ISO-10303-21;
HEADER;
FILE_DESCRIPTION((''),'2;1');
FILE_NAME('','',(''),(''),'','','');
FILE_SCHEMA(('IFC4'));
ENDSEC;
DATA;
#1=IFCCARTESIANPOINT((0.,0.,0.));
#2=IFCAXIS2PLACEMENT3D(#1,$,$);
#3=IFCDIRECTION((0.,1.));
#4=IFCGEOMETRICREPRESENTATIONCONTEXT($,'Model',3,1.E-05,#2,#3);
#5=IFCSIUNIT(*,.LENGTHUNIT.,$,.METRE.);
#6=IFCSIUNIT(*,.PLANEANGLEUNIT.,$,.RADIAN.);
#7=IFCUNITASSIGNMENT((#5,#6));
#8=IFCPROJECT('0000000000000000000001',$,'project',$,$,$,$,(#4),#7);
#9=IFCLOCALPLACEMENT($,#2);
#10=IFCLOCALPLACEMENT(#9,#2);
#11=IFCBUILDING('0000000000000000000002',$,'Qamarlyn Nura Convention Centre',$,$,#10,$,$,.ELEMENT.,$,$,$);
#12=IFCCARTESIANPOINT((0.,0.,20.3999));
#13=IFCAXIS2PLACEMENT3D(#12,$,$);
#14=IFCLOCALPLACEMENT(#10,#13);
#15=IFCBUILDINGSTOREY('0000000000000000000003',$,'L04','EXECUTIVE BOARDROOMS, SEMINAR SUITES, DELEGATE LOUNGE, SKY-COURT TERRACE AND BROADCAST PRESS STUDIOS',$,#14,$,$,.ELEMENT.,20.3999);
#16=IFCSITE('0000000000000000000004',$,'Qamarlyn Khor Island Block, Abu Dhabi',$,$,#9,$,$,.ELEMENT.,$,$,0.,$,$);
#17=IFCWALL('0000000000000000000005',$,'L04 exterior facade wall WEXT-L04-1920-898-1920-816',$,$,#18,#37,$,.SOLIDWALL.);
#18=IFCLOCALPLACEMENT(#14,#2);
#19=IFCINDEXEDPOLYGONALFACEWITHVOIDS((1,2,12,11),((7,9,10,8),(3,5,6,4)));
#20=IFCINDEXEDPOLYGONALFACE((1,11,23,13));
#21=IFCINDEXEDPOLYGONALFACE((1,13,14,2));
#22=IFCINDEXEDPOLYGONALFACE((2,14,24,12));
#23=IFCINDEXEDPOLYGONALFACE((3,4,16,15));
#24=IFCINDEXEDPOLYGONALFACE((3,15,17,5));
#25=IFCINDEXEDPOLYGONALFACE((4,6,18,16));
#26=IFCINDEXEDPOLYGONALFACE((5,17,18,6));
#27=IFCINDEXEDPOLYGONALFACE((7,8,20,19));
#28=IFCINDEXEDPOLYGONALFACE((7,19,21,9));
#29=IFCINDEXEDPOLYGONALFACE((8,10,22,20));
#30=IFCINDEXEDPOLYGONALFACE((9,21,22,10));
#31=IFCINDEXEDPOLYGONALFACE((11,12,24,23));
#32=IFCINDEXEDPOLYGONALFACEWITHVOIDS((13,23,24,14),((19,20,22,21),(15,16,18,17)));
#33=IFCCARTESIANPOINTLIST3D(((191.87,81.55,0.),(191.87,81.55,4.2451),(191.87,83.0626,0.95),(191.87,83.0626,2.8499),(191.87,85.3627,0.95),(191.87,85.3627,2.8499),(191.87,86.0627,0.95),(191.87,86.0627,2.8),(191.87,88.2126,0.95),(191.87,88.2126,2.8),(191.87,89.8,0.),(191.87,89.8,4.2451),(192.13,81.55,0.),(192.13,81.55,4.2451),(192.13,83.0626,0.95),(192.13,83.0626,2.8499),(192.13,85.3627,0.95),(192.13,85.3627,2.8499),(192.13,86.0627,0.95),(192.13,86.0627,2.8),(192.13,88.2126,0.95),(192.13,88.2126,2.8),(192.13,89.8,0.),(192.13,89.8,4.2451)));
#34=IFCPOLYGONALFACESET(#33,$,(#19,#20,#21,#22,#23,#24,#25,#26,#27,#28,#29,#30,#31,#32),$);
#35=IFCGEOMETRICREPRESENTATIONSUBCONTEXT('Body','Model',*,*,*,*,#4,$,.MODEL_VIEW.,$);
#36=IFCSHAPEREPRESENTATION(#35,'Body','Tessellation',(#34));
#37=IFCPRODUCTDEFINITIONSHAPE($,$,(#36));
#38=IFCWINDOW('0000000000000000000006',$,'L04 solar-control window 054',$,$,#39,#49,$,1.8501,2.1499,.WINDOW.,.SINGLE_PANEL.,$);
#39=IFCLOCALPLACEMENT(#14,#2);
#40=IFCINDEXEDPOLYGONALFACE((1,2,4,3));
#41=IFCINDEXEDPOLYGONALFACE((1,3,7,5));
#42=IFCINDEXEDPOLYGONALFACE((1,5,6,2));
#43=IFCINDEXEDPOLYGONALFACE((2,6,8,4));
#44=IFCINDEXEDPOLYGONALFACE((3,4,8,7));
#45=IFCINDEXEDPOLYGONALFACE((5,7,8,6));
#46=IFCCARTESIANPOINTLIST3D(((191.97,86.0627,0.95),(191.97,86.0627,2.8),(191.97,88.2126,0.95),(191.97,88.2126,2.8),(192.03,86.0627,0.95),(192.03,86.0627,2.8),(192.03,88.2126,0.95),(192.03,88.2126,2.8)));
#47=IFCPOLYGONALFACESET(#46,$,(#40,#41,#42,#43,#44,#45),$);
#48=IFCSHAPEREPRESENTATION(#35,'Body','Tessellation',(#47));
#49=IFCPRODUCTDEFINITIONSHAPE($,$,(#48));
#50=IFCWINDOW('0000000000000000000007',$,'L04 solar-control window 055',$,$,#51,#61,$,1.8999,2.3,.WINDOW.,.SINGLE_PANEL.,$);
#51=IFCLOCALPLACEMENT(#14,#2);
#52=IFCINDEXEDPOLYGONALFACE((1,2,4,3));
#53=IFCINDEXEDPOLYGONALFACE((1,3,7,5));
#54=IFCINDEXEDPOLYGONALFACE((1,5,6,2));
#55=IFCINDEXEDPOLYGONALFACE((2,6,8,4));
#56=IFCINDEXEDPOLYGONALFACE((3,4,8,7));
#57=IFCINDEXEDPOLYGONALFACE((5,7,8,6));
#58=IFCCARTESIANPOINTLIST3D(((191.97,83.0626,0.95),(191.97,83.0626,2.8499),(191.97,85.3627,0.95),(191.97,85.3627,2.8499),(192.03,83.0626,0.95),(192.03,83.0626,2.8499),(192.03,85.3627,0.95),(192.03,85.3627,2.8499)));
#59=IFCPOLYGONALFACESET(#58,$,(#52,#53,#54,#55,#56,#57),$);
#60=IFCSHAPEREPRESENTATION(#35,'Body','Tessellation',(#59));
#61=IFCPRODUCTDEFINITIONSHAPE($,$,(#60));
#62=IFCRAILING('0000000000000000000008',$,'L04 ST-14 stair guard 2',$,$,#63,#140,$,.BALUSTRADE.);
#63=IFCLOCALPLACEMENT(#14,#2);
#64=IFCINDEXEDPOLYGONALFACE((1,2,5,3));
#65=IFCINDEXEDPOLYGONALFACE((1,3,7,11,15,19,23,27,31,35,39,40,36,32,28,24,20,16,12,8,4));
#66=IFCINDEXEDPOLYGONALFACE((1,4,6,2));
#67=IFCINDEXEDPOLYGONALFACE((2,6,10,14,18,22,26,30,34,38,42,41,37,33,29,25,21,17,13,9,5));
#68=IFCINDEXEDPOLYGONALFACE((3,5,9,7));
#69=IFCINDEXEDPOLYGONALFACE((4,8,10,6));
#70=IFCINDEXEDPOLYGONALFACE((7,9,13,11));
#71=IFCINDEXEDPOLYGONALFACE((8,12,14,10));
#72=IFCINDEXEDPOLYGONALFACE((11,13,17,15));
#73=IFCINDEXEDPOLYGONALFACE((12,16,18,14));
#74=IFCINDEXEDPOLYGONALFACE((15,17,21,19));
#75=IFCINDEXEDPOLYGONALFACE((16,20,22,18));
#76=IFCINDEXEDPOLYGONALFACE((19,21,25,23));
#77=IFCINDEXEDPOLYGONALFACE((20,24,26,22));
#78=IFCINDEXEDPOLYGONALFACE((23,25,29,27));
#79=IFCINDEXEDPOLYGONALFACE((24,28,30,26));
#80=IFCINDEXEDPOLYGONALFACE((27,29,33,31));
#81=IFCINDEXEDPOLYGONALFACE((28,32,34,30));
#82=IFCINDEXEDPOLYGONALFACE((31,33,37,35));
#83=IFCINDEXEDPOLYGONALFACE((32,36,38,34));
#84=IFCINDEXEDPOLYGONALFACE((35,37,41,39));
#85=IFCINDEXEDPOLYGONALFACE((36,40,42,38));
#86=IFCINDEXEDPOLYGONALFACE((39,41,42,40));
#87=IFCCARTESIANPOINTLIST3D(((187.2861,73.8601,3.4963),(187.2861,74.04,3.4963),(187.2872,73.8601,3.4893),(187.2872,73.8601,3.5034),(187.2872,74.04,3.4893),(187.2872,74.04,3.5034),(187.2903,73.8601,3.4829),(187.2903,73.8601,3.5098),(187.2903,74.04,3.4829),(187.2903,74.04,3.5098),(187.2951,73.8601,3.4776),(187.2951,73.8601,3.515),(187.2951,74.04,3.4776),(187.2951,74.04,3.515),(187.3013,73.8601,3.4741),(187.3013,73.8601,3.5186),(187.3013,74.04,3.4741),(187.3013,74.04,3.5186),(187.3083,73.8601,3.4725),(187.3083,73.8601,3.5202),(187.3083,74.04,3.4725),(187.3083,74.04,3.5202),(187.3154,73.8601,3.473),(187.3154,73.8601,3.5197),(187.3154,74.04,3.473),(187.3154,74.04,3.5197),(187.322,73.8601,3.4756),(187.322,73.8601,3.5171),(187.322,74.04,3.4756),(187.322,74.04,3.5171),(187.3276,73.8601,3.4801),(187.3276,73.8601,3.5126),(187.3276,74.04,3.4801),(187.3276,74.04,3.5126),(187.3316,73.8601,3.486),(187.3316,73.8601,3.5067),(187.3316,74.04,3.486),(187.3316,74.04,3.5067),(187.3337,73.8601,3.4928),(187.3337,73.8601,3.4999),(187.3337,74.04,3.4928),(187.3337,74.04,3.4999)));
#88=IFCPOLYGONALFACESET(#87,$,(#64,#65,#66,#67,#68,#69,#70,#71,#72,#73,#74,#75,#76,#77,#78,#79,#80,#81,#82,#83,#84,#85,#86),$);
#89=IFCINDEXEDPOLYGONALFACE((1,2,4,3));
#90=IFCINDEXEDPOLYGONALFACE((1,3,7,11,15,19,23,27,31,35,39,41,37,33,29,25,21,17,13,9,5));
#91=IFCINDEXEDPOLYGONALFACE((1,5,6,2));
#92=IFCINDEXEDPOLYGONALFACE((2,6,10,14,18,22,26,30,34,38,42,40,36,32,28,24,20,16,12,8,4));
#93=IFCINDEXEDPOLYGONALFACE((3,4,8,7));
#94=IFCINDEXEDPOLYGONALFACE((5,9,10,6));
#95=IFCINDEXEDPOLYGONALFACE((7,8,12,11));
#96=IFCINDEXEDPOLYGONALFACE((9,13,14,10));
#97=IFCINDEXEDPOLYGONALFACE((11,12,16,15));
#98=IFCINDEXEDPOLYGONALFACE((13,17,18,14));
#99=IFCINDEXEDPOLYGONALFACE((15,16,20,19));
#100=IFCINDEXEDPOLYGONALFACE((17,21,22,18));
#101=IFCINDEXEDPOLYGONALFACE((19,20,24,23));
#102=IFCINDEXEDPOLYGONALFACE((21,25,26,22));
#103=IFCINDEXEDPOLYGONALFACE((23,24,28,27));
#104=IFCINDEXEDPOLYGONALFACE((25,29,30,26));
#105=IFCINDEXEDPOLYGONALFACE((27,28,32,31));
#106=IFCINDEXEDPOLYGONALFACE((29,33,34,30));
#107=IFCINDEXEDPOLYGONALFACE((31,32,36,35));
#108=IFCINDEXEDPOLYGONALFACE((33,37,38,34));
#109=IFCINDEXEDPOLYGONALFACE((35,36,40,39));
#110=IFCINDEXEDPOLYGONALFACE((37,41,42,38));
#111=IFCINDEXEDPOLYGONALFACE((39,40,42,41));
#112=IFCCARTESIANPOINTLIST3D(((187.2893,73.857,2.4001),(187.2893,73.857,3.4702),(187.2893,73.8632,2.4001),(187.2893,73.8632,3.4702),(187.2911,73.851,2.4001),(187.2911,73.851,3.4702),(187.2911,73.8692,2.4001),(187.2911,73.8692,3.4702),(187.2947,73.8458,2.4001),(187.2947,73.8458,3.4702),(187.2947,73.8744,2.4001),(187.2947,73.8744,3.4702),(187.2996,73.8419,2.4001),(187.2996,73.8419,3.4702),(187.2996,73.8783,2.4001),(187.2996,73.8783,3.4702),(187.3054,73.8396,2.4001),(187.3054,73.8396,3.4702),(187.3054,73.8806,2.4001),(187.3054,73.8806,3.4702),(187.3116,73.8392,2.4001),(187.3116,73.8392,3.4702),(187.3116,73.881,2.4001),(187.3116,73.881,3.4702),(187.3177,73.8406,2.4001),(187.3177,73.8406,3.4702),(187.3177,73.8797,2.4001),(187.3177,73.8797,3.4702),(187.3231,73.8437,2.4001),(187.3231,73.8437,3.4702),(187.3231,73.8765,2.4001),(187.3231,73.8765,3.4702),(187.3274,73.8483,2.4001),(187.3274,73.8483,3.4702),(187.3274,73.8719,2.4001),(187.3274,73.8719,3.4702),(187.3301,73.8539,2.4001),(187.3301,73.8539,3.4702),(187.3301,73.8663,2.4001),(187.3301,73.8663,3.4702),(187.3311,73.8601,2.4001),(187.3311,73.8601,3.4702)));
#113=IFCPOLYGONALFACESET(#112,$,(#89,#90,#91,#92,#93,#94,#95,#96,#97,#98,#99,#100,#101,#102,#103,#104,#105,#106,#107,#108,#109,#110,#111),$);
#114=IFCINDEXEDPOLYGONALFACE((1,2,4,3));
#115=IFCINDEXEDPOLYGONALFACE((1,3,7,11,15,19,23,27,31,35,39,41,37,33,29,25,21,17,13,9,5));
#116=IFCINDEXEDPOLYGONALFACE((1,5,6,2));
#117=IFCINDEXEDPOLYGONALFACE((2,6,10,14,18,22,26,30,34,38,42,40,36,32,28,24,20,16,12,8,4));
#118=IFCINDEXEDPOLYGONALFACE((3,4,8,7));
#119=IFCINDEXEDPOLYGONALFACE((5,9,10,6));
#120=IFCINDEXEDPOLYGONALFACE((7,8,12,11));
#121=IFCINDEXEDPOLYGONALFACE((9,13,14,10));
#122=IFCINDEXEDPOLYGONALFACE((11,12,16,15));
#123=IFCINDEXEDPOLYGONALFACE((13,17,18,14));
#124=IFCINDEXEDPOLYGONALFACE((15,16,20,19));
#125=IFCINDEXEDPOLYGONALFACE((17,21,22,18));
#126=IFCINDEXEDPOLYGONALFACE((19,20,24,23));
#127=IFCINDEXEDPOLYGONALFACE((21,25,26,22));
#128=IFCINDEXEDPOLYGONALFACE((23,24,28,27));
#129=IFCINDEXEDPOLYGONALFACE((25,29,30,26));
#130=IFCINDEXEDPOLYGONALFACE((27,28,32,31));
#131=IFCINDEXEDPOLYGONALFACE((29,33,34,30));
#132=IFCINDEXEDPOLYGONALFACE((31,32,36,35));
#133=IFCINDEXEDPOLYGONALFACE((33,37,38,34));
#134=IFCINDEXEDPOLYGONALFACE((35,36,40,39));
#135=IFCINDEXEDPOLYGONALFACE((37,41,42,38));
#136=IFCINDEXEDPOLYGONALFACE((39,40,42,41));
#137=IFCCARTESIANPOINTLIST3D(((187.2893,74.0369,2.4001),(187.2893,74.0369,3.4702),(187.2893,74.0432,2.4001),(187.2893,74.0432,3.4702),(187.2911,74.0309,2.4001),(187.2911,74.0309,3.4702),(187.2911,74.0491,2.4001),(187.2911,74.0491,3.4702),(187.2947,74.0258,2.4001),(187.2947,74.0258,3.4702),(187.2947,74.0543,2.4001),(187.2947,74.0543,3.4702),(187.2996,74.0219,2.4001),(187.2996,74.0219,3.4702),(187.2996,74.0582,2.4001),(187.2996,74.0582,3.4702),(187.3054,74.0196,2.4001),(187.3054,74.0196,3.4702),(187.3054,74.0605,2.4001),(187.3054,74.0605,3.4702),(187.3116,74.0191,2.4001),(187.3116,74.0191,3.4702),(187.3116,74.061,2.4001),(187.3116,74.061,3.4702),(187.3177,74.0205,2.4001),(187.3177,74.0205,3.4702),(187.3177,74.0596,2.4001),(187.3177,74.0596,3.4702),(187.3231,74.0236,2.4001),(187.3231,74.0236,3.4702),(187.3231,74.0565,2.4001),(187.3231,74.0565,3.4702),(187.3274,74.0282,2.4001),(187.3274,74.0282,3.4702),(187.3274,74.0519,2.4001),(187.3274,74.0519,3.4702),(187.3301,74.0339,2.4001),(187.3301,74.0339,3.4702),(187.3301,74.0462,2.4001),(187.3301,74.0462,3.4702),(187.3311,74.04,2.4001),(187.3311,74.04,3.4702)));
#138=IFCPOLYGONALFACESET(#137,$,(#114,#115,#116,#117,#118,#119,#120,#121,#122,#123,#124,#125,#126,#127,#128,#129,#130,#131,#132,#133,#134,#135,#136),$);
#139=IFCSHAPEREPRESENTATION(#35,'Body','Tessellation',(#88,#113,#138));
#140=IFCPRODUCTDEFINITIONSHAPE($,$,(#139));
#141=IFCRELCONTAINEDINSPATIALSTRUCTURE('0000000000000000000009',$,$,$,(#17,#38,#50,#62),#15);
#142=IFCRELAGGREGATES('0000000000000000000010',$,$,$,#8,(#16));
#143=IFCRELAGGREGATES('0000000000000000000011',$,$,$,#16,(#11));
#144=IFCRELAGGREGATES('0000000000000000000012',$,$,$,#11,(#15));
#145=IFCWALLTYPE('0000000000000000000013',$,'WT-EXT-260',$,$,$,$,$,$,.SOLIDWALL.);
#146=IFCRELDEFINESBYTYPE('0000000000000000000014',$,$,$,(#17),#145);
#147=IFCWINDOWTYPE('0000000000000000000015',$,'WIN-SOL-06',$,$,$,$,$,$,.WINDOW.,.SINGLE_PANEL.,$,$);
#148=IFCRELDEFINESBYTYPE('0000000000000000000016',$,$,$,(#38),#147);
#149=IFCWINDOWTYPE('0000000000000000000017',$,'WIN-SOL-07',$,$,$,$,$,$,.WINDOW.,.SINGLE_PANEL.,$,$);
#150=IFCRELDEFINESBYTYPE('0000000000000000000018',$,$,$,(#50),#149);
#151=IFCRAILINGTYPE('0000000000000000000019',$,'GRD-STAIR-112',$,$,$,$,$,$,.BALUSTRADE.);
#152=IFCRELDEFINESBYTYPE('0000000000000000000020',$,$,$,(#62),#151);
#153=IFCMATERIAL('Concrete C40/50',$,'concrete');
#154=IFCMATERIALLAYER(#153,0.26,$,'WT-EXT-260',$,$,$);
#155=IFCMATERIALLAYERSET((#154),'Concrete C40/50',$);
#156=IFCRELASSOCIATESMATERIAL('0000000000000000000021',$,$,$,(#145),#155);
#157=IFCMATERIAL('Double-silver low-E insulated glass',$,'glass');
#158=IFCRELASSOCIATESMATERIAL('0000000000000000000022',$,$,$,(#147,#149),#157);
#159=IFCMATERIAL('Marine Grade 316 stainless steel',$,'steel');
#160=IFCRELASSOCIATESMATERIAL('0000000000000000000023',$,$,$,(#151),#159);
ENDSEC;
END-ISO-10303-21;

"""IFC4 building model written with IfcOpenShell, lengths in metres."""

from ifc_helpers import new_model, si_unit, direction, frame, frame_2d, origin, origin_2d, place, context, subcontext, project, spatial, rectangle, circle, extrude, material, layer, layer_set, type_object, element, fill, save


model = new_model("IFC4")

# Units and contexts
model_context = context("Model", 3, precision=1e-05, world=origin(), true_north=direction((0.0, 1.0)))
body_context = subcontext(model_context, "Body", "Model", "MODEL_VIEW")
ifc_project = project(units=[si_unit("LENGTHUNIT", "METRE"), si_unit("PLANEANGLEUNIT", "RADIAN")], contexts=[model_context])

# Site, building, storey
site_placement = place(None, origin())
site = spatial("IfcSite", under=ifc_project, at=site_placement, Name="Qamarlyn Khor Island Block, Abu Dhabi", CompositionType="ELEMENT", RefElevation=0.0)
building_placement = place(site_placement, origin())
building = spatial("IfcBuilding", under=site, at=building_placement, Name="Qamarlyn Nura Convention Centre", CompositionType="ELEMENT")
storey_placement = place(building_placement, frame((0.0, 0.0, 20.3999)))
storey = spatial("IfcBuildingStorey", under=building, at=storey_placement, Name="L04", Description="EXECUTIVE BOARDROOMS, SEMINAR SUITES, DELEGATE LOUNGE, SKY-COURT TERRACE AND BROADCAST PRESS STUDIOS", CompositionType="ELEMENT", Elevation=20.3999)

# Shared definitions
ifc_material_1 = material(Name="Double-silver low-E insulated glass", Category="glass")

# Wall, openings, windows
ifc_material_2 = material(Name="Concrete C40/50", Category="concrete")
ifc_layer_1 = layer(ifc_material_2, 0.26, Name="WT-EXT-260")
ifc_layer_set_1 = layer_set([ifc_layer_1], Name="Concrete C40/50")
wall_type_1 = type_object("IfcWallType", Name="WT-EXT-260", PredefinedType="SOLIDWALL", material=ifc_layer_set_1)
wall_1_placement = place(storey_placement, frame((192.0, 89.8, 0.0), z_axis=(0.0, 0.0, 1.0), x_axis=(0.0, -1.0, 0.0)))
wall_1 = element("IfcWall", 1, at=wall_1_placement, inside=storey, type_object=wall_type_1, Name="L04 exterior facade wall WEXT-L04-1920-898-1920-816", PredefinedType="SOLIDWALL", context=body_context, shape_type="SweptSolid", body=[
    extrude(rectangle(XDim=8.25, YDim=0.26, at=frame_2d((4.125, 0.0))), origin(), (0.0, 0.0, 1.0), 4.2451),
])
opening_1_placement = place(wall_1_placement, frame((1.5874, 0.0, 0.95)))
opening_1 = element("IfcOpeningElement", 2, at=opening_1_placement, cuts=wall_1, PredefinedType="OPENING", context=body_context, shape_type="SweptSolid", body=[
    extrude(rectangle(XDim=2.1499, YDim=1.8501, at=frame_2d((1.075, 0.925))), frame((0.0, 0.1401, 0.0), z_axis=(0.0, -1.0, 0.0), x_axis=(1.0, 0.0, 0.0)), (0.0, 0.0, 1.0), 0.28),
])
opening_2_placement = place(wall_1_placement, frame((4.4375, 0.0, 0.95)))
opening_2 = element("IfcOpeningElement", 3, at=opening_2_placement, cuts=wall_1, PredefinedType="OPENING", context=body_context, shape_type="SweptSolid", body=[
    extrude(rectangle(XDim=2.3, YDim=1.8999, at=frame_2d((1.1499, 0.95))), frame((0.0, 0.1401, 0.0), z_axis=(0.0, -1.0, 0.0), x_axis=(1.0, 0.0, 0.0)), (0.0, 0.0, 1.0), 0.28),
])
window_type_1 = type_object("IfcWindowType", Name="WIN-SOL-06", PartitioningType="SINGLE_PANEL", PredefinedType="WINDOW", material=ifc_material_1)
window_1_placement = place(opening_1_placement, origin())
window_1 = element("IfcWindow", 4, at=window_1_placement, inside=storey, type_object=window_type_1, Name="L04 solar-control window 054", OverallHeight=1.8501, OverallWidth=2.1499, PartitioningType="SINGLE_PANEL", PredefinedType="WINDOW", context=body_context, shape_type="SweptSolid", body=[
    extrude(rectangle(XDim=2.1499, YDim=1.8501, at=frame_2d((1.075, 0.925))), frame((0.0, 0.03, 0.0), z_axis=(0.0, -1.0, 0.0), x_axis=(1.0, 0.0, 0.0)), (0.0, 0.0, 1.0), 0.0601),
])
fill(opening_1, window_1)
window_type_2 = type_object("IfcWindowType", Name="WIN-SOL-07", PartitioningType="SINGLE_PANEL", PredefinedType="WINDOW", material=ifc_material_1)
window_2_placement = place(opening_2_placement, origin())
window_2 = element("IfcWindow", 5, at=window_2_placement, inside=storey, type_object=window_type_2, Name="L04 solar-control window 055", OverallHeight=1.8999, OverallWidth=2.3, PartitioningType="SINGLE_PANEL", PredefinedType="WINDOW", context=body_context, shape_type="SweptSolid", body=[
    extrude(rectangle(XDim=2.3, YDim=1.8999, at=frame_2d((1.1499, 0.95))), frame((0.0, 0.03, 0.0), z_axis=(0.0, -1.0, 0.0), x_axis=(1.0, 0.0, 0.0)), (0.0, 0.0, 1.0), 0.0601),
])
fill(opening_2, window_2)

# Railing
ifc_material_3 = material(Name="Marine Grade 316 stainless steel", Category="steel")
railing_type_1 = type_object("IfcRailingType", Name="GRD-STAIR-112", PredefinedType="BALUSTRADE", material=ifc_material_3)
railing_1_placement = place(storey_placement, frame((187.3101, 73.8601, 2.4001)))
element("IfcRailing", 6, at=railing_1_placement, inside=storey, type_object=railing_type_1, Name="L04 ST-14 stair guard 2", PredefinedType="BALUSTRADE", context=body_context, shape_type="SweptSolid", body=[
    extrude(circle(Radius=0.0239, at=origin_2d()), frame((0.0, 0.0, 1.0962), z_axis=(0.0, 1.0, 0.0), x_axis=(-1.0, 0.0, 0.0)), (0.0, 0.0, 1.0), 0.1799),
    extrude(circle(Radius=0.021, at=origin_2d()), origin(), (0.0, 0.0, 1.0), 1.0701),
    extrude(circle(Radius=0.021, at=origin_2d()), frame((0.0, 0.1799, 0.0)), (0.0, 0.0, 1.0), 1.0701),
])

save(model, "model.ifc")
